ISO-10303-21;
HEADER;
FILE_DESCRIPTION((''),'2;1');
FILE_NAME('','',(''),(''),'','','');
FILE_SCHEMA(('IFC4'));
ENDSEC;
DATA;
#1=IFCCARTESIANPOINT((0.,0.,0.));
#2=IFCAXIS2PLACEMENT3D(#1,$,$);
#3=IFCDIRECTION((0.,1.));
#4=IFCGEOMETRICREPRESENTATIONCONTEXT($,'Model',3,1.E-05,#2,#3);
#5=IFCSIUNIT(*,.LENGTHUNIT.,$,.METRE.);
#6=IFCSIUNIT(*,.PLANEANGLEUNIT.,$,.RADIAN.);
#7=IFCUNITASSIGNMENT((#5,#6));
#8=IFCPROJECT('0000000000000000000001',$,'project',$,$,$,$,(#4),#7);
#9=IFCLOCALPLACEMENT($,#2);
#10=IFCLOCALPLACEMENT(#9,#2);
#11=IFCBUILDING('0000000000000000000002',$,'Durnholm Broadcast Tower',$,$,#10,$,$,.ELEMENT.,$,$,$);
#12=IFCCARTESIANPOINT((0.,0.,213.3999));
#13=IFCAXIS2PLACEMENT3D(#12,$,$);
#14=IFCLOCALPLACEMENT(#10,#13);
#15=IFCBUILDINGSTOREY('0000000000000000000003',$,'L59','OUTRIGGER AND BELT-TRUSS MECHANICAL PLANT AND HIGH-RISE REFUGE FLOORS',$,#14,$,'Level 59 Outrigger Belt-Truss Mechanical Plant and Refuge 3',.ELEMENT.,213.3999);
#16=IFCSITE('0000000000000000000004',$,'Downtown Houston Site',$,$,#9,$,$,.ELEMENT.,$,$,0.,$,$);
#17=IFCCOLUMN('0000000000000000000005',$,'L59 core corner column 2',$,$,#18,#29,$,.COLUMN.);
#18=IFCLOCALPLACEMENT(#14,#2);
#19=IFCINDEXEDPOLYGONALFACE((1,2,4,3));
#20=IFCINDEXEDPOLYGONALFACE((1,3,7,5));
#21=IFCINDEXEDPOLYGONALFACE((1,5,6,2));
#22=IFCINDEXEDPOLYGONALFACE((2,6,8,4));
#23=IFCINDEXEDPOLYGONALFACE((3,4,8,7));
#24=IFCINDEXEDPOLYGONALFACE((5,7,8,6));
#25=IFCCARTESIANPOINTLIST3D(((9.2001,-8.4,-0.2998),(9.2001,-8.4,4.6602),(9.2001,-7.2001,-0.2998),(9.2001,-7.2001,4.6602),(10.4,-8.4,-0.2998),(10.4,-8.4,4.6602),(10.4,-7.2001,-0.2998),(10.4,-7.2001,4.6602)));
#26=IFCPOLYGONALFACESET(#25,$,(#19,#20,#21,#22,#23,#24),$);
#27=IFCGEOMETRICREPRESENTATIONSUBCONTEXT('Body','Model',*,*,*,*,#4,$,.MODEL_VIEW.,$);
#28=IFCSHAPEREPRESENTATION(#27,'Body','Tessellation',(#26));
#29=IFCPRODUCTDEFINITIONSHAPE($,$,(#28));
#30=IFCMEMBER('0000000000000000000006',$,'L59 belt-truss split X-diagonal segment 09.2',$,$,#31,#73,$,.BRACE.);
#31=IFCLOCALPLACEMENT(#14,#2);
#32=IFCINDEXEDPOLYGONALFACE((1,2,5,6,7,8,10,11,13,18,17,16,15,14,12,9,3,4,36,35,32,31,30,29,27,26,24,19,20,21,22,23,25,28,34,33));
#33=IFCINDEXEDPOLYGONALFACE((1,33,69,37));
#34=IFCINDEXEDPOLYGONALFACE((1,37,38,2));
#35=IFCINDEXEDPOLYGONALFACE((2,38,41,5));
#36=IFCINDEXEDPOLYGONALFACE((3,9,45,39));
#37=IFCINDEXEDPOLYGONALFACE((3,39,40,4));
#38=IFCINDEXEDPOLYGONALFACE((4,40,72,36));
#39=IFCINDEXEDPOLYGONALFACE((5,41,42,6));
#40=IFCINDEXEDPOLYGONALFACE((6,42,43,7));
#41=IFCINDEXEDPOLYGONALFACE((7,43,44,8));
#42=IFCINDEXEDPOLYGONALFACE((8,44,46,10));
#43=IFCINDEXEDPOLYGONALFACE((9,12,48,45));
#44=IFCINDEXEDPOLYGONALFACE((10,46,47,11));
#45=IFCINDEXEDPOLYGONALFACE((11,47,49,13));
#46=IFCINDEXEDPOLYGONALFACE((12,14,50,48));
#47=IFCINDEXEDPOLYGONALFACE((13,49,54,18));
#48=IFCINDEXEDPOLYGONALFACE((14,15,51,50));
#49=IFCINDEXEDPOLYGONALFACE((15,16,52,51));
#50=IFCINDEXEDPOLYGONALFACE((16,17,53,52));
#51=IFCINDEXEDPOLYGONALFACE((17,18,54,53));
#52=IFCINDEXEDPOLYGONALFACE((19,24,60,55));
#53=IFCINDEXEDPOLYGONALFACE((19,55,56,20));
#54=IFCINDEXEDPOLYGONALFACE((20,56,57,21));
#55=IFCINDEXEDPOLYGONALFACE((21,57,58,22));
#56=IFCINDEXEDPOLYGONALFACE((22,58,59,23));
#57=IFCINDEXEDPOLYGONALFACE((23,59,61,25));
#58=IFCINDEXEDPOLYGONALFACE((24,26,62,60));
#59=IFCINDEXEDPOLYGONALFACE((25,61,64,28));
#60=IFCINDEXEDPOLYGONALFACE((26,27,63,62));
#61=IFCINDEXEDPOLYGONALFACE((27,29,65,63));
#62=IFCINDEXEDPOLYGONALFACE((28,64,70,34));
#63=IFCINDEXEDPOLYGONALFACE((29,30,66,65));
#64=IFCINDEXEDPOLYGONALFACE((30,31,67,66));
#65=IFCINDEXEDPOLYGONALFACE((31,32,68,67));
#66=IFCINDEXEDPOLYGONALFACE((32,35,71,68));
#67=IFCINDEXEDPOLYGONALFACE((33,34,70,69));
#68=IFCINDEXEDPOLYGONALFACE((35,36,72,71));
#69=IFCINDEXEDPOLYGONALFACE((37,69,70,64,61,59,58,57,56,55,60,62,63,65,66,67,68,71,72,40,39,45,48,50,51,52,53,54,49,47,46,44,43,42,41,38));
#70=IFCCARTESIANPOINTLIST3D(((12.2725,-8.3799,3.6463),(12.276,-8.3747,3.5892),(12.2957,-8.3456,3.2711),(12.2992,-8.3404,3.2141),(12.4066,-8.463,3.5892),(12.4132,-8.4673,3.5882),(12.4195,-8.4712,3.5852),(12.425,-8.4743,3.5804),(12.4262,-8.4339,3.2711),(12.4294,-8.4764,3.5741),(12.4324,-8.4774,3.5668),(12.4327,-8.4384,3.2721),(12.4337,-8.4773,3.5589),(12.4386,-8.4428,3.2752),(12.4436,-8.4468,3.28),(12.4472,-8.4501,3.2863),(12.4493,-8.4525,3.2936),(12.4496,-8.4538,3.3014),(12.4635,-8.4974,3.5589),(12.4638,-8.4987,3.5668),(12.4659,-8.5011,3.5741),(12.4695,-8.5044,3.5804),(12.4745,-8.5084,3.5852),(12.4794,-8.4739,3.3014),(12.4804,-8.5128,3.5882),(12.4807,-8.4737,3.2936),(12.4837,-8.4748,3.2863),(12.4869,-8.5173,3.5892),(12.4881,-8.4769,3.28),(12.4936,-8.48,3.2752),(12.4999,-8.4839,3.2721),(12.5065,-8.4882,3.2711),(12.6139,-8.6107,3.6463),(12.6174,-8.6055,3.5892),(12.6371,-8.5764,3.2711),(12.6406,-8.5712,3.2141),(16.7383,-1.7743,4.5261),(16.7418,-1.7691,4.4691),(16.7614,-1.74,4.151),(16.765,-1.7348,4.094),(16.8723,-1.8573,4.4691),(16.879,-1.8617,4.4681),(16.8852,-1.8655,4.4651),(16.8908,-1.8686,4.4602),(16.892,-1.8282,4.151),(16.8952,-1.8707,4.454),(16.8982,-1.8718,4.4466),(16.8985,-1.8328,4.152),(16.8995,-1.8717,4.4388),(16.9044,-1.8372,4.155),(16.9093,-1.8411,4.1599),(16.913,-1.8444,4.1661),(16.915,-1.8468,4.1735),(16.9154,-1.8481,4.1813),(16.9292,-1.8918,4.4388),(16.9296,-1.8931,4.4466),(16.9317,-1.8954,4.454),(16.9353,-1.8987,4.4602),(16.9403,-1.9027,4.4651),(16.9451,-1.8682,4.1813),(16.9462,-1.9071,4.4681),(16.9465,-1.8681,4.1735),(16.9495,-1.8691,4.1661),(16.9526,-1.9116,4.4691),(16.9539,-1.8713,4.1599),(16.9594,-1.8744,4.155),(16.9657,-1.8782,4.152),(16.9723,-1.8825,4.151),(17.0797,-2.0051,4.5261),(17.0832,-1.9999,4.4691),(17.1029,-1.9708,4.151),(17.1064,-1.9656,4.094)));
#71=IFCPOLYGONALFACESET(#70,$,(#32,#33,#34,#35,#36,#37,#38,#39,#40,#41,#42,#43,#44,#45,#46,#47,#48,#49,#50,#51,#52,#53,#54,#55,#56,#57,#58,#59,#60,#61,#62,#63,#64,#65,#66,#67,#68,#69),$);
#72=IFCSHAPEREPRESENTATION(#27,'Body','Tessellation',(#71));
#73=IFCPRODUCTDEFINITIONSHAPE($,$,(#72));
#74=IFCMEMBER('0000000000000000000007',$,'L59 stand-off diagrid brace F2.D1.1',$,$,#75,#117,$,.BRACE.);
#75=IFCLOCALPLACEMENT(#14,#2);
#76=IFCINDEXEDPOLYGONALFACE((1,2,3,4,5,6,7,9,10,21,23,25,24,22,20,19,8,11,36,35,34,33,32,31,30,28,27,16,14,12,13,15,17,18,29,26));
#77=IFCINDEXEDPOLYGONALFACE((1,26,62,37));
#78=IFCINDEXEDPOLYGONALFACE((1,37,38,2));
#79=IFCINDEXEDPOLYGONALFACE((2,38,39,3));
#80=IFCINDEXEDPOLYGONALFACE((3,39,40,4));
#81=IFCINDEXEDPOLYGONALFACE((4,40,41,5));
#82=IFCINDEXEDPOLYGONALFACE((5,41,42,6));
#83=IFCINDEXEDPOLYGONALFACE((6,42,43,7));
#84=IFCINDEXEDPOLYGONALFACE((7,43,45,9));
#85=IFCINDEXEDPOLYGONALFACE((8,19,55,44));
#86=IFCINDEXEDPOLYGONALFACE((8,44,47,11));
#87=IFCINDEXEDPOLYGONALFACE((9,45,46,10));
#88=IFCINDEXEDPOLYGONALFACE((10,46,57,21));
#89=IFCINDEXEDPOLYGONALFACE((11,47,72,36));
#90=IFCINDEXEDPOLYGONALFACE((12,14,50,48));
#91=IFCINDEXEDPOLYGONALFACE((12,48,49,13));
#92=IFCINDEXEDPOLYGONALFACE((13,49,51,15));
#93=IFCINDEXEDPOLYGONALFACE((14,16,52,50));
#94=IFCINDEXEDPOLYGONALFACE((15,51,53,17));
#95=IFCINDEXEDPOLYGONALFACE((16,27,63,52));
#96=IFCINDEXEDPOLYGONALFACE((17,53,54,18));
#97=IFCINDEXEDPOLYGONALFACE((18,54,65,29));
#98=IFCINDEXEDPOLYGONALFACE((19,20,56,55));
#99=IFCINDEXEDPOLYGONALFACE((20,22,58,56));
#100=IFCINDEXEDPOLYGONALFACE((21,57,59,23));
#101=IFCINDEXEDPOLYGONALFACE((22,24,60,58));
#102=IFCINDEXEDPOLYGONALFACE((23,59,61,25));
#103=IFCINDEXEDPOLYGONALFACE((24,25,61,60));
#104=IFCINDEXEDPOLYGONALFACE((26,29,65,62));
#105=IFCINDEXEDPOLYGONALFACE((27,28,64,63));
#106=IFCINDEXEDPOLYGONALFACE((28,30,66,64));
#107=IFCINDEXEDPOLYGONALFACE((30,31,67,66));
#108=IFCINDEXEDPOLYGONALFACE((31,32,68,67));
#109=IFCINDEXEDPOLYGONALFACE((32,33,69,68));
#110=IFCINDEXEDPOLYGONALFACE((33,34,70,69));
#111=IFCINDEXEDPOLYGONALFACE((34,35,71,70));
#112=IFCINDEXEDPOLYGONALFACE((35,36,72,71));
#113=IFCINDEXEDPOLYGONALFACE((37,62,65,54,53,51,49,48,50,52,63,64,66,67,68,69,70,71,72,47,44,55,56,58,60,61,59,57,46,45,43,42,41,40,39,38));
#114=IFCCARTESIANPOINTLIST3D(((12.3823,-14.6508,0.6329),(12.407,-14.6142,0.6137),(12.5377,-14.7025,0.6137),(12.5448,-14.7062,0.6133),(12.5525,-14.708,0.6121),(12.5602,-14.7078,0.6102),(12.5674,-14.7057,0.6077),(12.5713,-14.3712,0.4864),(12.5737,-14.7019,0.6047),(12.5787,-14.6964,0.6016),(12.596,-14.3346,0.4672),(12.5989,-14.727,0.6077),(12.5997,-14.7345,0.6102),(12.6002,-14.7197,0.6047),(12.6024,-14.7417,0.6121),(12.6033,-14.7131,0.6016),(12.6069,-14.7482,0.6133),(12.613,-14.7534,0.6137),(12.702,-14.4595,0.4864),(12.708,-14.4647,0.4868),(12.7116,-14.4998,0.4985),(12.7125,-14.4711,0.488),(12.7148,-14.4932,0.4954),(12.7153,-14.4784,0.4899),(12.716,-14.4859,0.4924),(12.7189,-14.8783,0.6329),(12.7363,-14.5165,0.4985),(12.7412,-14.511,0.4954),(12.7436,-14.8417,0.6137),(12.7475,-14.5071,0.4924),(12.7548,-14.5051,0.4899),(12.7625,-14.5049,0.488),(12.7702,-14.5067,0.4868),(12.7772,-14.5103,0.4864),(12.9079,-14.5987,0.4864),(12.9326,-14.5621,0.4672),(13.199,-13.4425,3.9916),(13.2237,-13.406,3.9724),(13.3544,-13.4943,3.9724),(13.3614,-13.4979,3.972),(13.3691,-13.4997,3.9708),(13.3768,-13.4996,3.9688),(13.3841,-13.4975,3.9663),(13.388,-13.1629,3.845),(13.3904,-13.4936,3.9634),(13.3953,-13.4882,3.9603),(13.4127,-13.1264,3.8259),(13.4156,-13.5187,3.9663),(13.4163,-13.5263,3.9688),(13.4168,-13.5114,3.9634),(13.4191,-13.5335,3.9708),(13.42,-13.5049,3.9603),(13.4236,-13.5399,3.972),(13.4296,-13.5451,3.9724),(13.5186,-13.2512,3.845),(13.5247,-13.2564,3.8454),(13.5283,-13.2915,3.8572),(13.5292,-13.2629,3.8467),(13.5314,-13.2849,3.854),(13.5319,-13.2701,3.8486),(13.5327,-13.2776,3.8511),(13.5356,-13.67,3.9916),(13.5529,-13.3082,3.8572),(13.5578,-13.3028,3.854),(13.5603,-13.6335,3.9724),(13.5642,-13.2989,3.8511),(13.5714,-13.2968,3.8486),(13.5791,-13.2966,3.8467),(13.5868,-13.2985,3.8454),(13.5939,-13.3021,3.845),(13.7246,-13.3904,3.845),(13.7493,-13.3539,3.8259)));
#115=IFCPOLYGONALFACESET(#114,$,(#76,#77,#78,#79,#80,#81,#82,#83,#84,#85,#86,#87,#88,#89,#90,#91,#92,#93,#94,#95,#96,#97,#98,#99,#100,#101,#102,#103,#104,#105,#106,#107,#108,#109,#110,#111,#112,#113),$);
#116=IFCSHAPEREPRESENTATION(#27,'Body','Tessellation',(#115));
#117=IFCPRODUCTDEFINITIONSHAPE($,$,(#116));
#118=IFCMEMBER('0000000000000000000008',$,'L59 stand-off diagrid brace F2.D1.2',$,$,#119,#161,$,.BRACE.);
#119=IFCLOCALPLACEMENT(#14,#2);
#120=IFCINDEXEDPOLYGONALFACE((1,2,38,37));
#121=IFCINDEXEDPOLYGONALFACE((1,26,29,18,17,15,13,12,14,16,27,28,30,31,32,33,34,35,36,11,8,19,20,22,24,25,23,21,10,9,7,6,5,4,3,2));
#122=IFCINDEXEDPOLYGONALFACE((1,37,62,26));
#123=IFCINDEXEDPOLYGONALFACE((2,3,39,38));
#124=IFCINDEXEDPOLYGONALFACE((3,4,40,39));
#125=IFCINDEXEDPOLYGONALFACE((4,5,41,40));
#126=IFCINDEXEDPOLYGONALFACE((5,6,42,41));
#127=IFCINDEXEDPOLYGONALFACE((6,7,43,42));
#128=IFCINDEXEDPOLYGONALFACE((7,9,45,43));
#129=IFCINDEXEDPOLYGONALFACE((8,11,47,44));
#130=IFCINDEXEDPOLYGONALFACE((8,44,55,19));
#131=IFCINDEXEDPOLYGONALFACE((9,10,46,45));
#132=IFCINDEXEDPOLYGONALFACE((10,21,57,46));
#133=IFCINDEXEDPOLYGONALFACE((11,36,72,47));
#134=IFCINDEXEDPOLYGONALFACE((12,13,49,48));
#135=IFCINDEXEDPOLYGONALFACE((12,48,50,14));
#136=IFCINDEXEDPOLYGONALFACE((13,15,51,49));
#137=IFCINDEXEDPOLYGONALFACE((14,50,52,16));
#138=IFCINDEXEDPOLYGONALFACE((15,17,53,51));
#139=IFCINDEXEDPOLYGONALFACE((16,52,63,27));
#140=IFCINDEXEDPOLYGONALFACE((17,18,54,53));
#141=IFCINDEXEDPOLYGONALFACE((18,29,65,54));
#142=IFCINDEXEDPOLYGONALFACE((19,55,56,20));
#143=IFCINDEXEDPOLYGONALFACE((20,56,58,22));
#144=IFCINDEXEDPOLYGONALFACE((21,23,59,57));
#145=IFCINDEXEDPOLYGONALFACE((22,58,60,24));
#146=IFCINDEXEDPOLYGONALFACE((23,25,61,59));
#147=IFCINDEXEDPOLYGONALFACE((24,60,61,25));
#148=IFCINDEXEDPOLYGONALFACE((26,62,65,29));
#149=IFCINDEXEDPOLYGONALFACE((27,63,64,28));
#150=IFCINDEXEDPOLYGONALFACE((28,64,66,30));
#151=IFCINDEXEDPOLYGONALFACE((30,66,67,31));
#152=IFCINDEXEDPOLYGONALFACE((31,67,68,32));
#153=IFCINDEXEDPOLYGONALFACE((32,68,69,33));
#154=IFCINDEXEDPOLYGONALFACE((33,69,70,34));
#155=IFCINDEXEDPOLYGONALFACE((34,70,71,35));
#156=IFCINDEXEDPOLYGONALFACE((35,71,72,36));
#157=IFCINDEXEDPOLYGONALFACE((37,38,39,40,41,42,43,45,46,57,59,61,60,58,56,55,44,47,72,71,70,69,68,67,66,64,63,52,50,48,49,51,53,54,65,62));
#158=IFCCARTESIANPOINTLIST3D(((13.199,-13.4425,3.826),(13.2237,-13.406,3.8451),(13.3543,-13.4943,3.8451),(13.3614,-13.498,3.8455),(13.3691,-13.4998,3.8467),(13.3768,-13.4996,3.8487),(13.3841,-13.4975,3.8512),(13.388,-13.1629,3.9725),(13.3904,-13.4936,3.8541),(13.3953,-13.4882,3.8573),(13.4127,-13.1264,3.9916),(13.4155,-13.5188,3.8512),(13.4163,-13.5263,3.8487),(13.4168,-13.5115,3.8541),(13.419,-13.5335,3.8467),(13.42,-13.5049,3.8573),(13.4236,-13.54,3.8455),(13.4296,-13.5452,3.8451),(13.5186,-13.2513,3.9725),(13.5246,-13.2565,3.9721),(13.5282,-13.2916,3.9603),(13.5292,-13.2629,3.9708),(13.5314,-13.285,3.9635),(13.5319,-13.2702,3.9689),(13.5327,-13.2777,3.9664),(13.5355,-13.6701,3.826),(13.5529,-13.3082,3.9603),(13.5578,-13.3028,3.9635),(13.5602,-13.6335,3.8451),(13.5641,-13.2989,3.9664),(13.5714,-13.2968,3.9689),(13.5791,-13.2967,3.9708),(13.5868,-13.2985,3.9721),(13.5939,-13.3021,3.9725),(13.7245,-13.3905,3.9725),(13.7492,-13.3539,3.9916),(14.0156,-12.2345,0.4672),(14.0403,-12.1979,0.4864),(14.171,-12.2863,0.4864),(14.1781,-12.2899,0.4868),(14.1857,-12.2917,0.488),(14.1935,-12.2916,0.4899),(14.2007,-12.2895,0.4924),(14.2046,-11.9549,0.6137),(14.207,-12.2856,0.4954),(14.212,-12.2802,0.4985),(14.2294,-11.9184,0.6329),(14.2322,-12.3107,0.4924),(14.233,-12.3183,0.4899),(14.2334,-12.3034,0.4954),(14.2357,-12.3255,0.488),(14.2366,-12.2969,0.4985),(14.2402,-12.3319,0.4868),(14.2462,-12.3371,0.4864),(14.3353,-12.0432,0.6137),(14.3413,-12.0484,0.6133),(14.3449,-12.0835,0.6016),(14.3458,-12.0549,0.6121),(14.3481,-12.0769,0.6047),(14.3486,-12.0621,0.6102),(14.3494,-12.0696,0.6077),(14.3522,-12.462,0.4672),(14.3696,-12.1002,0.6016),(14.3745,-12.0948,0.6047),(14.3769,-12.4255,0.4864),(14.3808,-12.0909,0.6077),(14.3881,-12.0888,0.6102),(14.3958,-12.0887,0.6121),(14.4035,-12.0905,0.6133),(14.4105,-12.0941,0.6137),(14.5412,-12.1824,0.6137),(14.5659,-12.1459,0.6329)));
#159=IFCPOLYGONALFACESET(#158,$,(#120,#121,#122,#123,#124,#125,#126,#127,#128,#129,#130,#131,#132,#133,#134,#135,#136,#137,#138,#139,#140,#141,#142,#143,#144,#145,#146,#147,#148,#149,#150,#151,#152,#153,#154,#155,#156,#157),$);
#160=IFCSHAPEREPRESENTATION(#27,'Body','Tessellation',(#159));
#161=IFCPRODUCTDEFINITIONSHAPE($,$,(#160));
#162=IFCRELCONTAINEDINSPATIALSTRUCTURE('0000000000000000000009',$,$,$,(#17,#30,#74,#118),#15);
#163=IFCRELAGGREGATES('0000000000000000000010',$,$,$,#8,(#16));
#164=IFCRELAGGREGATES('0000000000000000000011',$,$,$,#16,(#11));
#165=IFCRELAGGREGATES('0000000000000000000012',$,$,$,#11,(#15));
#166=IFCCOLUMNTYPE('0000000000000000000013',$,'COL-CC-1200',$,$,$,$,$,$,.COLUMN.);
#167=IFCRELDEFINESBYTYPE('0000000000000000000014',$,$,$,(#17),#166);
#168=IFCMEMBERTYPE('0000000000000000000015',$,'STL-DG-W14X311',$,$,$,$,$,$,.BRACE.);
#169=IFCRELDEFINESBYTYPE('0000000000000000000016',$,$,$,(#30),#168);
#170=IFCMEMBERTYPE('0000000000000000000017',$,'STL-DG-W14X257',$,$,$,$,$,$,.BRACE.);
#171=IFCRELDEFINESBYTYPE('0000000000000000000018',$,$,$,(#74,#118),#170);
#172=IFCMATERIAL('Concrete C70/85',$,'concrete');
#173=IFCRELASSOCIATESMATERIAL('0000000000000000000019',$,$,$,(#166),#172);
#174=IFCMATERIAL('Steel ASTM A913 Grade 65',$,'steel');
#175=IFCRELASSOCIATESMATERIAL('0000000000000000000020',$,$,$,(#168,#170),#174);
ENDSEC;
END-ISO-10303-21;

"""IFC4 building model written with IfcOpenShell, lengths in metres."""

from ifc_helpers import new_model, si_unit, direction, frame, origin, origin_2d, place, context, subcontext, project, spatial, rectangle, i_section, extrude, source, transform, mapped, material, material_profile, profile_set, type_object, type_shapes, element, save


model = new_model("IFC4")

# Units and contexts
model_context = context("Model", 3, precision=1e-05, world=origin(), true_north=direction((0.0, 1.0)))
body_context = subcontext(model_context, "Body", "Model", "MODEL_VIEW")
ifc_project = project(units=[si_unit("LENGTHUNIT", "METRE"), si_unit("PLANEANGLEUNIT", "RADIAN")], contexts=[model_context])

# Site, building, storey
site_placement = place(None, origin())
site = spatial("IfcSite", under=ifc_project, at=site_placement, Name="Downtown Houston Site", CompositionType="ELEMENT", RefElevation=0.0)
building_placement = place(site_placement, origin())
building = spatial("IfcBuilding", under=site, at=building_placement, Name="Durnholm Broadcast Tower", CompositionType="ELEMENT")
storey_placement = place(building_placement, frame((0.0, 0.0, 213.3999)))
storey = spatial("IfcBuildingStorey", under=building, at=storey_placement, Name="L59", Description="OUTRIGGER AND BELT-TRUSS MECHANICAL PLANT AND HIGH-RISE REFUGE FLOORS", LongName="Level 59 Outrigger Belt-Truss Mechanical Plant and Refuge 3", CompositionType="ELEMENT", Elevation=213.3999)

# Column
ifc_material_1 = material(Name="Concrete C70/85", Category="concrete")
ifc_material_profile_1 = material_profile(ifc_material_1, rectangle(XDim=1.2, YDim=1.2, at=origin_2d()), Name="RC1200X1200")
ifc_profile_set_1 = profile_set([ifc_material_profile_1], Name="Concrete C70/85")
column_type = type_object("IfcColumnType", Name="COL-CC-1200", PredefinedType="COLUMN", material=ifc_profile_set_1)
shared_shape_1 = source(origin(), body_context, "Body", "SweptSolid", [
    extrude(rectangle(XDim=1.2, YDim=1.2, at=origin_2d()), origin(), (0.0, 0.0, 1.0), 4.96),
])
type_shapes(column_type, [shared_shape_1])
column_placement = place(storey_placement, frame((9.8, -7.8, -0.2998), z_axis=(0.0, 0.0, 1.0), x_axis=(1.0, 0.0, 0.0)))
element("IfcColumn", 1, at=column_placement, inside=storey, type_object=column_type, Name="L59 core corner column 2", PredefinedType="COLUMN", context=body_context, shape_type="MappedRepresentation", body=[
    mapped(shared_shape_1, transform((0.0, 0.0, 0.0), x_axis=(1.0, 0.0, 0.0), y_axis=(0.0, 1.0, 0.0), z_axis=(0.0, 0.0, 1.0), scale=1.0)),
])

# Members
ifc_material_2 = material(Name="Steel ASTM A913 Grade 65", Category="steel")
ifc_material_profile_2 = material_profile(ifc_material_2, i_section(OverallWidth=0.4121, OverallDepth=0.4348, WebThickness=0.0359, FlangeThickness=0.0574, FilletRadius=0.0305, at=origin_2d()), Name="W14X311")
ifc_profile_set_2 = profile_set([ifc_material_profile_2], Name="Steel ASTM A913 Grade 65")
member_type_1 = type_object("IfcMemberType", Name="STL-DG-W14X311", PredefinedType="BRACE", material=ifc_profile_set_2)
shared_shape_2 = source(origin(), body_context, "Body", "SweptSolid", [
    extrude(i_section(OverallWidth=0.4121, OverallDepth=0.4348, WebThickness=0.0359, FlangeThickness=0.0574, FilletRadius=0.0305, at=origin_2d()), origin(), (0.0, 0.0, 1.0), 8.022),
])
type_shapes(member_type_1, [shared_shape_2])
member_placement = place(storey_placement, frame((12.4565, -8.4756, 3.4302), z_axis=(0.556694, 0.823445, 0.109683), x_axis=(-0.828443, 0.560073, 0.0)))
element("IfcMember", 2, at=member_placement, inside=storey, type_object=member_type_1, Name="L59 belt-truss split X-diagonal segment 09.2", PredefinedType="BRACE", context=body_context, shape_type="MappedRepresentation", body=[
    mapped(shared_shape_2, transform((0.0, 0.0, 0.0), x_axis=(1.0, 0.0, 0.0), y_axis=(0.0, 1.0, 0.0), z_axis=(0.0, 0.0, 1.0), scale=1.0)),
])
ifc_material_profile_3 = material_profile(ifc_material_2, i_section(OverallWidth=0.4062, OverallDepth=0.416, WebThickness=0.0298, FlangeThickness=0.0481, FilletRadius=0.0305, at=origin_2d()), Name="W14X257")
ifc_profile_set_3 = profile_set([ifc_material_profile_3], Name="Steel ASTM A913 Grade 65")
member_type_2 = type_object("IfcMemberType", Name="STL-DG-W14X257", PredefinedType="BRACE", material=ifc_profile_set_3)
shared_shape_3 = source(origin(), body_context, "Body", "SweptSolid", [
    extrude(i_section(OverallWidth=0.4062, OverallDepth=0.416, WebThickness=0.0298, FlangeThickness=0.0481, FilletRadius=0.0305, at=origin_2d()), origin(), (0.0, 0.0, 1.0), 3.6616),
])
type_shapes(member_type_2, [shared_shape_3])
for number, where, z_axis, x_axis, name in (
    (3, (12.6575, -14.6064, 0.55), (0.223031, 0.32998, 0.917262), (-0.828505, 0.559982, 0.0), "L59 stand-off diagrid brace F2.D1.1"),
    (4, (14.2908, -12.1902, 0.55), (-0.223036, -0.32992, 0.917283), (0.828452, -0.560059, 0.0), "L59 stand-off diagrid brace F2.D1.2"),
):
    element("IfcMember", number, at=place(storey_placement, frame(where, z_axis=z_axis, x_axis=x_axis)), inside=storey, type_object=member_type_2, Name=name, PredefinedType="BRACE", context=body_context, shape_type="MappedRepresentation", body=[
        mapped(shared_shape_3, transform((0.0, 0.0, 0.0), x_axis=(1.0, 0.0, 0.0), y_axis=(0.0, 1.0, 0.0), z_axis=(0.0, 0.0, 1.0), scale=1.0)),
    ])

save(model, "model.ifc")
